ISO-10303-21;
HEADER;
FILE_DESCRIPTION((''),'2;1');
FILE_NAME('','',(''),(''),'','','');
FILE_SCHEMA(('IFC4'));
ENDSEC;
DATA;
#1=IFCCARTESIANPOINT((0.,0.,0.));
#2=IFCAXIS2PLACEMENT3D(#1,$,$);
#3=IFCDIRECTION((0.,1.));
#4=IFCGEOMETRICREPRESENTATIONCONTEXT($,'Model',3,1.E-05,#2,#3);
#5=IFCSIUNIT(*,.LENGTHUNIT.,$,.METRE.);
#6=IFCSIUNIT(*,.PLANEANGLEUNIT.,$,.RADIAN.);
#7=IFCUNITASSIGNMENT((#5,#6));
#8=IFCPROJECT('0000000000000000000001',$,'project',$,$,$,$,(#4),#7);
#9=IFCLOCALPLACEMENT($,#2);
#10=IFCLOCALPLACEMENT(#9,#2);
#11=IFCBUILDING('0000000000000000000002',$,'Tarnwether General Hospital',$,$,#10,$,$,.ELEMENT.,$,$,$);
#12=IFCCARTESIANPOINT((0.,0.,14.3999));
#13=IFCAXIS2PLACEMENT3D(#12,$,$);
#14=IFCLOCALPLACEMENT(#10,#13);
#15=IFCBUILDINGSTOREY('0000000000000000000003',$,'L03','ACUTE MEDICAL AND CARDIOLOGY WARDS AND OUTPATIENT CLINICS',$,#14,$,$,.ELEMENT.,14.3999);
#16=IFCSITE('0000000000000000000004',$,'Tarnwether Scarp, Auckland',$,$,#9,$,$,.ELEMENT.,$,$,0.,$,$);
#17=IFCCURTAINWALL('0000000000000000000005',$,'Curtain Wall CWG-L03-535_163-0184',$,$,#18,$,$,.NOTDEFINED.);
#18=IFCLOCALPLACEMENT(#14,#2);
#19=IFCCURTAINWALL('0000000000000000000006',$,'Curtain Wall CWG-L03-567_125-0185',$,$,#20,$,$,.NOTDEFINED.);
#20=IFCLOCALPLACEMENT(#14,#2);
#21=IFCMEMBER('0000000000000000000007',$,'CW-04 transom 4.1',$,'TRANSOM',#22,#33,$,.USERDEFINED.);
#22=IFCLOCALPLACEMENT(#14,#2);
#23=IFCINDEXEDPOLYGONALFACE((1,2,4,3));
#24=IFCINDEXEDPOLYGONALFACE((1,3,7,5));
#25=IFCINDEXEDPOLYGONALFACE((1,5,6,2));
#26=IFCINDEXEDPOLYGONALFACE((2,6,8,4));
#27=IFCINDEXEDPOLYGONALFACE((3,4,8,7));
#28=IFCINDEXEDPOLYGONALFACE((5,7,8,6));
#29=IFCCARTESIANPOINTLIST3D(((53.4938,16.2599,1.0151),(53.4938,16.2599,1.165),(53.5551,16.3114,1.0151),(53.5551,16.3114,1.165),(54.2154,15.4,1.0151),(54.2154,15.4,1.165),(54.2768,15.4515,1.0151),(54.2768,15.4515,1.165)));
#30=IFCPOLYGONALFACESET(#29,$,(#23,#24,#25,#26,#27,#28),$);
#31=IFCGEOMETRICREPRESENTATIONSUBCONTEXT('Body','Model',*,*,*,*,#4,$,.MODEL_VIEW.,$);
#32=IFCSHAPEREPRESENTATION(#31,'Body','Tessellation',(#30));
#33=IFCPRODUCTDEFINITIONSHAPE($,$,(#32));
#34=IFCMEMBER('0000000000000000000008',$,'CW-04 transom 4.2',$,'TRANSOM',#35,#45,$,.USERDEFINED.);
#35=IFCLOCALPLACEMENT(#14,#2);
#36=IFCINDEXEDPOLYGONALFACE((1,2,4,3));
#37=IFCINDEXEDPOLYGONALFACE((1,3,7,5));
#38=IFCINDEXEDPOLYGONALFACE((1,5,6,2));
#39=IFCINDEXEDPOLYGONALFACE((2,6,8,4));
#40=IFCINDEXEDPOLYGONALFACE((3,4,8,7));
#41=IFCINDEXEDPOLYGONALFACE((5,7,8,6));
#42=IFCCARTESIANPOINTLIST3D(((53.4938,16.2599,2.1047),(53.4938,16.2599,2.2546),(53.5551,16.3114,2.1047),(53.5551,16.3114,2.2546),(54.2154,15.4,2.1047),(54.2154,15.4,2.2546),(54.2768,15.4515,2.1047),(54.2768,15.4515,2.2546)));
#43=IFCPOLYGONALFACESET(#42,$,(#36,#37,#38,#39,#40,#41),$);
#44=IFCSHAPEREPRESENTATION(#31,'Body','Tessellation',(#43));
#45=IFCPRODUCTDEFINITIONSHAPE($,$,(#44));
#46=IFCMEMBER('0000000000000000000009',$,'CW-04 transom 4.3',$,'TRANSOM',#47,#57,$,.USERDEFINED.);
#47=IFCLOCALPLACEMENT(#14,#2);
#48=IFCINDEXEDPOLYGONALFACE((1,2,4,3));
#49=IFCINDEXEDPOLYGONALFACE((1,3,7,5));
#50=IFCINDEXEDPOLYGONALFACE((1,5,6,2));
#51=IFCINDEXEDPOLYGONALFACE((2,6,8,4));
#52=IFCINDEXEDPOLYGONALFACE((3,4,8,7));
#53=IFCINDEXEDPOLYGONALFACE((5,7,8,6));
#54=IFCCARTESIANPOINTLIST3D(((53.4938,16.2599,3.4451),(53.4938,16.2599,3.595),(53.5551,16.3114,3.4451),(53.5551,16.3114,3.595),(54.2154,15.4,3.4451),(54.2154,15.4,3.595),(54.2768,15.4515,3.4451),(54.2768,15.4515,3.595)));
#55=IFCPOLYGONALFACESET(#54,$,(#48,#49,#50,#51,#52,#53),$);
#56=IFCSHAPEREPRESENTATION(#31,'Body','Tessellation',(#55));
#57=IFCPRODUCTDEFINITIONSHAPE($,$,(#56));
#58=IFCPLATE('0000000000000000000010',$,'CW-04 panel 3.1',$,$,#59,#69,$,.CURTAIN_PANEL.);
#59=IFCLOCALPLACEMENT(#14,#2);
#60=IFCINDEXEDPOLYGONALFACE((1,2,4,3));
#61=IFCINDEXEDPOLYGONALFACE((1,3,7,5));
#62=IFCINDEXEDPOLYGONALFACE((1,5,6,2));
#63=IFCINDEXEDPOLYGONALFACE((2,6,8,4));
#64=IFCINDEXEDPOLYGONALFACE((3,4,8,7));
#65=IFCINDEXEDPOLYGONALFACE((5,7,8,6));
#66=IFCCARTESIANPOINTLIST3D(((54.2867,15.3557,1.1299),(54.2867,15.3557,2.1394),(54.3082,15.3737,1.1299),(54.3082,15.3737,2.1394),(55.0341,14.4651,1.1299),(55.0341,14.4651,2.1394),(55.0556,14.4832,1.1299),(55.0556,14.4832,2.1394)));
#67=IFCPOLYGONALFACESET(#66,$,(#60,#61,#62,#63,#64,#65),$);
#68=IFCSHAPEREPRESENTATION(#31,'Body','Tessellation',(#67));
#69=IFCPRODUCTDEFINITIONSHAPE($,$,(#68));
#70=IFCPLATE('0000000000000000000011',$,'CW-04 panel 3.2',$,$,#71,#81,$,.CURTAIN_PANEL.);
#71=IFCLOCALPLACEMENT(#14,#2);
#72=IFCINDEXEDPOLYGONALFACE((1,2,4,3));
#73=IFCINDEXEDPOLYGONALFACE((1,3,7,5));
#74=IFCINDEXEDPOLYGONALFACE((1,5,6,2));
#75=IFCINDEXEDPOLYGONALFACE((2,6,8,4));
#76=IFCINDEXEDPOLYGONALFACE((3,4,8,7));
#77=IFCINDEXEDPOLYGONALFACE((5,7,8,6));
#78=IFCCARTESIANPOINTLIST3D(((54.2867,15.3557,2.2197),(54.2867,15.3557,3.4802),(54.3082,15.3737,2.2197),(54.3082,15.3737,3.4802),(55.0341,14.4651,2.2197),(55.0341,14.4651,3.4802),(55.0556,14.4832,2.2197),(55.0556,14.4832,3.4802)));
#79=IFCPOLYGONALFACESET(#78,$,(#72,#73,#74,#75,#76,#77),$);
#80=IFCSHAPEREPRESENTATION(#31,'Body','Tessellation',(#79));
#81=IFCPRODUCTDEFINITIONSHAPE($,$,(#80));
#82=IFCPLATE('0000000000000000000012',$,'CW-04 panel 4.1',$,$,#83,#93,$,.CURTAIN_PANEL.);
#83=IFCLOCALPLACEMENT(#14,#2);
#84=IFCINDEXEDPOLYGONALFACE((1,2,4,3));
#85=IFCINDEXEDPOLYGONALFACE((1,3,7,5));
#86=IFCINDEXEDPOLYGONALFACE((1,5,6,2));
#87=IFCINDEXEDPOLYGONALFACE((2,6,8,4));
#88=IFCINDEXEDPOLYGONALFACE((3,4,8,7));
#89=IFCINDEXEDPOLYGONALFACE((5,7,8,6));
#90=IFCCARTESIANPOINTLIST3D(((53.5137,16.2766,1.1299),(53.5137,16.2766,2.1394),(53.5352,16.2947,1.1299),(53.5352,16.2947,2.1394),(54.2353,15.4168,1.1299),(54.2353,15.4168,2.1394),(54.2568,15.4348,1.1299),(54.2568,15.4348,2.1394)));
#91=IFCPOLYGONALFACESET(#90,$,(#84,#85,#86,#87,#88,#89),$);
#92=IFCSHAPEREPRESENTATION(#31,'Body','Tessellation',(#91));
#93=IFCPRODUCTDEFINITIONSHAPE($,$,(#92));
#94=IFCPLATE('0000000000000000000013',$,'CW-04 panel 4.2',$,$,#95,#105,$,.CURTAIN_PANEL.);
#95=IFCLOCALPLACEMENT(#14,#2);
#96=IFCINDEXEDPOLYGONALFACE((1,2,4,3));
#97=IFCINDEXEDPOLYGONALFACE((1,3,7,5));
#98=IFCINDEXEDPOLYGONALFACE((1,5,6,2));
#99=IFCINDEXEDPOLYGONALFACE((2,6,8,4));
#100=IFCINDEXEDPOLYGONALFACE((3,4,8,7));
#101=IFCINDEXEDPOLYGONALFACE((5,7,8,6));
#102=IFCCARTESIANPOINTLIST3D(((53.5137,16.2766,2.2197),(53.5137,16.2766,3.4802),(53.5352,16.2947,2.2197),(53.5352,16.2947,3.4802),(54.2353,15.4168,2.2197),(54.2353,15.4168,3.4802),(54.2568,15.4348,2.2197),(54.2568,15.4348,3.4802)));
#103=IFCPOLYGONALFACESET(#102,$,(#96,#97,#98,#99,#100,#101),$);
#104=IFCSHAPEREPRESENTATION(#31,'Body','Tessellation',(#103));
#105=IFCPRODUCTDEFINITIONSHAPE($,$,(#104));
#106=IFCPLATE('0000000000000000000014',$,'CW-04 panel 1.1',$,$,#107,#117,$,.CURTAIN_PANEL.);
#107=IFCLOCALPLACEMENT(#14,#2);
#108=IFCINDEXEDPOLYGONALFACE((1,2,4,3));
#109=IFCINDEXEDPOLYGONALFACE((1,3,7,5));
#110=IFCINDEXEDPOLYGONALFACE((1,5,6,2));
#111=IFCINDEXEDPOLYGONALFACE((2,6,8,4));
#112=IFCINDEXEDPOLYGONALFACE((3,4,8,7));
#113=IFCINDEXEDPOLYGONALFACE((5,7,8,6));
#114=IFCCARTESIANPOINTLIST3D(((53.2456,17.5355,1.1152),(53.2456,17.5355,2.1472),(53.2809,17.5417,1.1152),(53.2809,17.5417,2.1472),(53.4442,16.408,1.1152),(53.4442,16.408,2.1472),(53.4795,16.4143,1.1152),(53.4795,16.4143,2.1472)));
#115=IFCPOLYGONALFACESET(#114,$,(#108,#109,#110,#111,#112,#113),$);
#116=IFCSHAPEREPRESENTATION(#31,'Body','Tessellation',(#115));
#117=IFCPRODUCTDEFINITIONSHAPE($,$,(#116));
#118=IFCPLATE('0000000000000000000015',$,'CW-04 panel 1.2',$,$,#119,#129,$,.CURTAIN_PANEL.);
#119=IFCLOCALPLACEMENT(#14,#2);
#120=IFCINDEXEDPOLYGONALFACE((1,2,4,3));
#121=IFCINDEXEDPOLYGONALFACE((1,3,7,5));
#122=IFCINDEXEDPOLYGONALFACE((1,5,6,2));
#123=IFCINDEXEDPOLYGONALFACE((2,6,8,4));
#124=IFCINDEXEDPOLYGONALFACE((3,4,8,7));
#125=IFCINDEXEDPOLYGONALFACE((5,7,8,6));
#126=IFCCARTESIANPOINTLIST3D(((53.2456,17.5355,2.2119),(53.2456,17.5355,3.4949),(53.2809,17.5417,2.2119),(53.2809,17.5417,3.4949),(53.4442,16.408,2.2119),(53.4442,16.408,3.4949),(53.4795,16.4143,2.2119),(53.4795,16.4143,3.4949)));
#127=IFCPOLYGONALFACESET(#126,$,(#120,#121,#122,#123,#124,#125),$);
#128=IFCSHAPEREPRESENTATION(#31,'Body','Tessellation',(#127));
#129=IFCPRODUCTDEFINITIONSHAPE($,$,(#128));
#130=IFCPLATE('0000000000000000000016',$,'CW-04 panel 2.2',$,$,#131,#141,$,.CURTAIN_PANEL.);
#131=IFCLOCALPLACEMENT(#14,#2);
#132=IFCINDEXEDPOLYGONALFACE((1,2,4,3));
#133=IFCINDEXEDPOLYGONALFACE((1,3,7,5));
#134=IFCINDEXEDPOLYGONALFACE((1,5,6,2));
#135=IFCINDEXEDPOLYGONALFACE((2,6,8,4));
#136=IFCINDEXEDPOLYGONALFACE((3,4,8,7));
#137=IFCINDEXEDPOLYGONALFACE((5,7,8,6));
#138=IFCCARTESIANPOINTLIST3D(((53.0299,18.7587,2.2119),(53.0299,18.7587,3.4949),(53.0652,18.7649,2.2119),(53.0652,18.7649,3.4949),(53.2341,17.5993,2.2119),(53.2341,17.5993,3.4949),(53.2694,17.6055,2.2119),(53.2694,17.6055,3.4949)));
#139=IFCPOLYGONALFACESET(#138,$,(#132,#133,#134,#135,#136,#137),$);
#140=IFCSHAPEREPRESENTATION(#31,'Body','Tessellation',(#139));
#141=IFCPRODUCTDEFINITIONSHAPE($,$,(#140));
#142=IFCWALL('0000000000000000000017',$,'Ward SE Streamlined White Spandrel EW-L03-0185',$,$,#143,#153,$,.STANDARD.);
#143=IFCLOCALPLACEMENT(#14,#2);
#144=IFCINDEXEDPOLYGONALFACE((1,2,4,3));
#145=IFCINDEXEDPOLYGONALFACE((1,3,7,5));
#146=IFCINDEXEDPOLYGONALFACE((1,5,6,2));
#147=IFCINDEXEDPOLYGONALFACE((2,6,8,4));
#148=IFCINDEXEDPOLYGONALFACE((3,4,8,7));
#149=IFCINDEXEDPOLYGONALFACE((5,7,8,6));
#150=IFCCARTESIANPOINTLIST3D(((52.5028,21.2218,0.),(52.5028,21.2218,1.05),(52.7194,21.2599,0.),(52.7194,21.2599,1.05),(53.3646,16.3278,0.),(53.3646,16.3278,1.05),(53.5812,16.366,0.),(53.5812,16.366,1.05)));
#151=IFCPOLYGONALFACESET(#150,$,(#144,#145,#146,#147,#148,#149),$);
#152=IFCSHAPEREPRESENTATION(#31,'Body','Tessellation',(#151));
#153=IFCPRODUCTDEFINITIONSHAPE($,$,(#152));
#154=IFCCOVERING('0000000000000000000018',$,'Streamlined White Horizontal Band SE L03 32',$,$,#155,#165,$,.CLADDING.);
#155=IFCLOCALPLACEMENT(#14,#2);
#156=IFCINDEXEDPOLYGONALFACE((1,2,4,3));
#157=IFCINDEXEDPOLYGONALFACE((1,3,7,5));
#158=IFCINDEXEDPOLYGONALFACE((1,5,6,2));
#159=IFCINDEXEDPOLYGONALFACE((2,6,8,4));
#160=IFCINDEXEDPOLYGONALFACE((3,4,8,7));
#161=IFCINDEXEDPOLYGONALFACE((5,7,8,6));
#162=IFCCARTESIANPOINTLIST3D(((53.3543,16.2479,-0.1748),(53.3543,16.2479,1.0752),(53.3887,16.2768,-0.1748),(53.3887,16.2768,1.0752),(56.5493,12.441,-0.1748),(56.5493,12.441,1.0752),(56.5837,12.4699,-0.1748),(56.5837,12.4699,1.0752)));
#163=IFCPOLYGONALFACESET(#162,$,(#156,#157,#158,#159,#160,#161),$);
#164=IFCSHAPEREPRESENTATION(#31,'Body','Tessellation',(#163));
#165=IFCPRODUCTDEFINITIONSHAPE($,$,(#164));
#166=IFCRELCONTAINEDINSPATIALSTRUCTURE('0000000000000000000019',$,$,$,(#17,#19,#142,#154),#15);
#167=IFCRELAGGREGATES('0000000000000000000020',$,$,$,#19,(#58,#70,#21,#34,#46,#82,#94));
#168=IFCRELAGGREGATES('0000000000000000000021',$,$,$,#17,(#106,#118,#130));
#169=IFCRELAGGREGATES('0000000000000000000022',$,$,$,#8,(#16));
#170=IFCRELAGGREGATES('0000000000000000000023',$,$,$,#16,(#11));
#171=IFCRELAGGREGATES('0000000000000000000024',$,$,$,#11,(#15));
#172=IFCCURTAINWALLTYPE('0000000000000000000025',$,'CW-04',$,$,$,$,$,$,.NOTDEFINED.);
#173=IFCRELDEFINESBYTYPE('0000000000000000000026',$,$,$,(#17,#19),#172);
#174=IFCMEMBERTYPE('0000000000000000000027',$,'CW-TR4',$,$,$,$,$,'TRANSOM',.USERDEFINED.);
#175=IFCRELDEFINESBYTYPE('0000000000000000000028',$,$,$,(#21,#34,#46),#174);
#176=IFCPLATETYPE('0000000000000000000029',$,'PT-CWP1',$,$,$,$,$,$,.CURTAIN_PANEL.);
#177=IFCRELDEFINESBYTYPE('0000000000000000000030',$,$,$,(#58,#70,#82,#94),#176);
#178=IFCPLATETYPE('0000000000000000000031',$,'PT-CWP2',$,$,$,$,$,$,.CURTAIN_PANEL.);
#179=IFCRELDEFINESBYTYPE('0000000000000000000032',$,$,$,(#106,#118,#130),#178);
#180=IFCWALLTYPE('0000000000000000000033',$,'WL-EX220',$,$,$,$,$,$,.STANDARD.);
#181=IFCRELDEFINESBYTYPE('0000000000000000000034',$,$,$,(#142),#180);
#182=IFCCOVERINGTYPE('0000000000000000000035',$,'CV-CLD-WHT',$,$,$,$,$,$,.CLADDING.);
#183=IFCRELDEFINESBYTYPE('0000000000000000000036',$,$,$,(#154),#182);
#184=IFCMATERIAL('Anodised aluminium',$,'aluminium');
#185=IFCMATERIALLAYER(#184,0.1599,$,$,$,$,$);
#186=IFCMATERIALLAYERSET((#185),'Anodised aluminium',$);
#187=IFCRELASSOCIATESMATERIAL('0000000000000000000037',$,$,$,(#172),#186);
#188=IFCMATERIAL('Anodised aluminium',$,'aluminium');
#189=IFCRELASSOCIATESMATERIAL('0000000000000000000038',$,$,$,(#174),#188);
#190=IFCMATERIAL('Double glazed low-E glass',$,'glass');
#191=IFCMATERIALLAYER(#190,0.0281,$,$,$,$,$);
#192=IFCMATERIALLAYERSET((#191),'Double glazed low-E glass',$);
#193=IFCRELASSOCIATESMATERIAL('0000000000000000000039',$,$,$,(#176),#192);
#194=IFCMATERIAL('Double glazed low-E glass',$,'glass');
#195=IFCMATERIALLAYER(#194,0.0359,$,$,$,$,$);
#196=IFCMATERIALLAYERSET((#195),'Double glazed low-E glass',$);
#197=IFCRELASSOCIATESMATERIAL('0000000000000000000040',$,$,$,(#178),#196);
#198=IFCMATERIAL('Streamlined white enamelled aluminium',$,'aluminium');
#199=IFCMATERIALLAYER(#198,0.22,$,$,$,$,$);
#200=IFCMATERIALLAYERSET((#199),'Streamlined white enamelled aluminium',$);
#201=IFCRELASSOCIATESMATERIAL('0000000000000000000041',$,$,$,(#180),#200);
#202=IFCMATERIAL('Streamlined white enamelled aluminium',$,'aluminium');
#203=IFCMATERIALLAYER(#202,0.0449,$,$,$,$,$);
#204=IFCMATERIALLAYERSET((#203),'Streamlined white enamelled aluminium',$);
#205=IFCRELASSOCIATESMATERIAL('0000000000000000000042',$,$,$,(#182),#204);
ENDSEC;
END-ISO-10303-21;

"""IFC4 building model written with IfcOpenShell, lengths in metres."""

from ifc_helpers import new_model, si_unit, direction, frame, frame_2d, origin, origin_2d, place, context, subcontext, project, spatial, rectangle, extrude, material, layer, layer_set, material_profile, profile_set, type_object, element, aggregate, save


model = new_model("IFC4")

# Units and contexts
model_context = context("Model", 3, precision=1e-05, world=origin(), true_north=direction((0.0, 1.0)))
body_context = subcontext(model_context, "Body", "Model", "MODEL_VIEW")
ifc_project = project(units=[si_unit("LENGTHUNIT", "METRE"), si_unit("PLANEANGLEUNIT", "RADIAN")], contexts=[model_context])

# Site, building, storey
site_placement = place(None, origin())
site = spatial("IfcSite", under=ifc_project, at=site_placement, Name="Tarnwether Scarp, Auckland", CompositionType="ELEMENT", RefElevation=0.0)
building_placement = place(site_placement, origin())
building = spatial("IfcBuilding", under=site, at=building_placement, Name="Tarnwether General Hospital", CompositionType="ELEMENT")
storey_placement = place(building_placement, frame((0.0, 0.0, 14.3999)))
storey = spatial("IfcBuildingStorey", under=building, at=storey_placement, Name="L03", Description="ACUTE MEDICAL AND CARDIOLOGY WARDS AND OUTPATIENT CLINICS", CompositionType="ELEMENT", Elevation=14.3999)

# Curtain walls
ifc_material_1 = material(Name="Anodised aluminium", Category="aluminium")
ifc_layer_1 = layer(ifc_material_1, 0.1599)
ifc_layer_set_1 = layer_set([ifc_layer_1], Name="Anodised aluminium")
curtain_wall_type = type_object("IfcCurtainWallType", Name="CW-04", PredefinedType="NOTDEFINED", material=ifc_layer_set_1)
curtain_wall_1_placement = place(storey_placement, origin())
curtain_wall_1 = element("IfcCurtainWall", 1, at=curtain_wall_1_placement, inside=storey, type_object=curtain_wall_type, Name="Curtain Wall CWG-L03-535_163-0184", PredefinedType="NOTDEFINED")
curtain_wall_2_placement = place(storey_placement, origin())
curtain_wall_2 = element("IfcCurtainWall", 2, at=curtain_wall_2_placement, inside=storey, type_object=curtain_wall_type, Name="Curtain Wall CWG-L03-567_125-0185", PredefinedType="NOTDEFINED")

# Members
ifc_material_2 = material(Name="Anodised aluminium", Category="aluminium")
ifc_material_profile_1 = material_profile(ifc_material_2, rectangle(XDim=0.0801, YDim=0.1499, at=origin_2d()), Name="ALU-TRN-80x150")
ifc_profile_set_1 = profile_set([ifc_material_profile_1], Name="Anodised aluminium")
member_type_1 = type_object("IfcMemberType", Name="CW-TR4", ElementType="TRANSOM", PredefinedType="USERDEFINED", material=ifc_profile_set_1)
member_1_placement = place(storey_placement, frame((54.2461, 15.4258, 1.0901), z_axis=(-0.642876, 0.76597, 0.0), x_axis=(-0.76597, -0.642876, 0.0)))
member_1 = element("IfcMember", 3, at=member_1_placement, type_object=member_type_1, Name="CW-04 transom 4.1", ObjectType="TRANSOM", PredefinedType="USERDEFINED", context=body_context, shape_type="SweptSolid", body=[
    extrude(rectangle(XDim=0.0801, YDim=0.1499, at=origin_2d()), origin(), (0.0, 0.0, 1.0), 1.1226),
])
member_2_placement = place(storey_placement, frame((54.2461, 15.4258, 2.1797), z_axis=(-0.642876, 0.76597, 0.0), x_axis=(-0.76597, -0.642876, 0.0)))
member_2 = element("IfcMember", 4, at=member_2_placement, type_object=member_type_1, Name="CW-04 transom 4.2", ObjectType="TRANSOM", PredefinedType="USERDEFINED", context=body_context, shape_type="SweptSolid", body=[
    extrude(rectangle(XDim=0.0801, YDim=0.1499, at=origin_2d()), origin(), (0.0, 0.0, 1.0), 1.1226),
])
member_3_placement = place(storey_placement, frame((54.2461, 15.4258, 3.52), z_axis=(-0.642876, 0.76597, 0.0), x_axis=(-0.76597, -0.642876, 0.0)))
member_3 = element("IfcMember", 5, at=member_3_placement, type_object=member_type_1, Name="CW-04 transom 4.3", ObjectType="TRANSOM", PredefinedType="USERDEFINED", context=body_context, shape_type="SweptSolid", body=[
    extrude(rectangle(XDim=0.0801, YDim=0.1499, at=origin_2d()), origin(), (0.0, 0.0, 1.0), 1.1226),
])

# Plates
ifc_material_3 = material(Name="Double glazed low-E glass", Category="glass")
ifc_layer_2 = layer(ifc_material_3, 0.0281)
ifc_layer_set_2 = layer_set([ifc_layer_2], Name="Double glazed low-E glass")
plate_type_1 = type_object("IfcPlateType", Name="PT-CWP1", PredefinedType="CURTAIN_PANEL", material=ifc_layer_set_2)
plate_1_placement = place(storey_placement, frame((54.6711, 14.9194, 1.1299), z_axis=(0.0, 0.0, 1.0), x_axis=(-0.642852, 0.76599, 0.0)))
plate_1 = element("IfcPlate", 6, at=plate_1_placement, type_object=plate_type_1, Name="CW-04 panel 3.1", PredefinedType="CURTAIN_PANEL", context=body_context, shape_type="SweptSolid", body=[
    extrude(rectangle(XDim=1.1626, YDim=0.0281, at=origin_2d()), origin(), (0.0, 0.0, 1.0), 1.0095),
])
plate_2_placement = place(storey_placement, frame((54.6711, 14.9194, 2.2197), z_axis=(0.0, 0.0, 1.0), x_axis=(-0.642852, 0.76599, 0.0)))
plate_2 = element("IfcPlate", 7, at=plate_2_placement, type_object=plate_type_1, Name="CW-04 panel 3.2", PredefinedType="CURTAIN_PANEL", context=body_context, shape_type="SweptSolid", body=[
    extrude(rectangle(XDim=1.1626, YDim=0.0281, at=origin_2d()), origin(), (0.0, 0.0, 1.0), 1.2605),
])
plate_3_placement = place(storey_placement, frame((53.8853, 15.8557, 1.1299), z_axis=(0.0, 0.0, 1.0), x_axis=(-0.642852, 0.76599, 0.0)))
plate_3 = element("IfcPlate", 8, at=plate_3_placement, type_object=plate_type_1, Name="CW-04 panel 4.1", PredefinedType="CURTAIN_PANEL", context=body_context, shape_type="SweptSolid", body=[
    extrude(rectangle(XDim=1.1226, YDim=0.0281, at=origin_2d()), origin(), (0.0, 0.0, 1.0), 1.0095),
])
plate_4_placement = place(storey_placement, frame((53.8853, 15.8557, 2.2197), z_axis=(0.0, 0.0, 1.0), x_axis=(-0.642852, 0.76599, 0.0)))
plate_4 = element("IfcPlate", 9, at=plate_4_placement, type_object=plate_type_1, Name="CW-04 panel 4.2", PredefinedType="CURTAIN_PANEL", context=body_context, shape_type="SweptSolid", body=[
    extrude(rectangle(XDim=1.1226, YDim=0.0281, at=origin_2d()), origin(), (0.0, 0.0, 1.0), 1.2605),
])
aggregate(curtain_wall_2, [plate_1, plate_2, member_1, member_2, member_3, plate_3, plate_4])
ifc_material_4 = material(Name="Double glazed low-E glass", Category="glass")
ifc_layer_3 = layer(ifc_material_4, 0.0359)
ifc_layer_set_3 = layer_set([ifc_layer_3], Name="Double glazed low-E glass")
plate_type_2 = type_object("IfcPlateType", Name="PT-CWP2", PredefinedType="CURTAIN_PANEL", material=ifc_layer_set_3)
plate_5_placement = place(storey_placement, frame((53.3625, 16.9749, 1.1152), z_axis=(0.0, 0.0, 1.0), x_axis=(-0.173464, 0.98484, 0.0)))
plate_5 = element("IfcPlate", 10, at=plate_5_placement, type_object=plate_type_2, Name="CW-04 panel 1.1", PredefinedType="CURTAIN_PANEL", context=body_context, shape_type="SweptSolid", body=[
    extrude(rectangle(XDim=1.1448, YDim=0.0359, at=origin_2d()), origin(), (0.0, 0.0, 1.0), 1.032),
])
plate_6_placement = place(storey_placement, frame((53.3625, 16.9749, 2.2119), z_axis=(0.0, 0.0, 1.0), x_axis=(-0.173464, 0.98484, 0.0)))
plate_6 = element("IfcPlate", 11, at=plate_6_placement, type_object=plate_type_2, Name="CW-04 panel 1.2", PredefinedType="CURTAIN_PANEL", context=body_context, shape_type="SweptSolid", body=[
    extrude(rectangle(XDim=1.1448, YDim=0.0359, at=origin_2d()), origin(), (0.0, 0.0, 1.0), 1.283),
])
plate_7_placement = place(storey_placement, frame((53.1497, 18.1821, 2.2119), z_axis=(0.0, 0.0, 1.0), x_axis=(-0.173464, 0.98484, 0.0)))
plate_7 = element("IfcPlate", 12, at=plate_7_placement, type_object=plate_type_2, Name="CW-04 panel 2.2", PredefinedType="CURTAIN_PANEL", context=body_context, shape_type="SweptSolid", body=[
    extrude(rectangle(XDim=1.1772, YDim=0.0359, at=origin_2d()), origin(), (0.0, 0.0, 1.0), 1.283),
])
aggregate(curtain_wall_1, [plate_5, plate_6, plate_7])

# Wall
ifc_material_5 = material(Name="Streamlined white enamelled aluminium", Category="aluminium")
ifc_layer_4 = layer(ifc_material_5, 0.22)
ifc_layer_set_4 = layer_set([ifc_layer_4], Name="Streamlined white enamelled aluminium")
wall_type = type_object("IfcWallType", Name="WL-EX220", PredefinedType="STANDARD", material=ifc_layer_set_4)
wall_placement = place(storey_placement, frame((53.4729, 16.3469, 0.0), z_axis=(0.0, 0.0, 1.0), x_axis=(-0.173427, 0.984847, 0.0)))
element("IfcWall", 13, at=wall_placement, inside=storey, type_object=wall_type, Name="Ward SE Streamlined White Spandrel EW-L03-0185", PredefinedType="STANDARD", context=body_context, shape_type="SweptSolid", body=[
    extrude(rectangle(XDim=4.9692, YDim=0.22, at=frame_2d((2.4846, 0.0))), origin(), (0.0, 0.0, 1.0), 1.05),
])

# Covering
ifc_material_6 = material(Name="Streamlined white enamelled aluminium", Category="aluminium")
ifc_layer_5 = layer(ifc_material_6, 0.0449)
ifc_layer_set_5 = layer_set([ifc_layer_5], Name="Streamlined white enamelled aluminium")
covering_type = type_object("IfcCoveringType", Name="CV-CLD-WHT", PredefinedType="CLADDING", material=ifc_layer_set_5)
covering_placement = place(storey_placement, frame((54.969, 14.3589, -0.1748), z_axis=(0.0, 0.0, 1.0), x_axis=(-0.642854, 0.765988, 0.0)))
element("IfcCovering", 14, at=covering_placement, inside=storey, type_object=covering_type, Name="Streamlined White Horizontal Band SE L03 32", PredefinedType="CLADDING", context=body_context, shape_type="SweptSolid", body=[
    extrude(rectangle(XDim=4.97, YDim=0.0449, at=origin_2d()), origin(), (0.0, 0.0, 1.0), 1.25),
])

save(model, "model.ifc")
